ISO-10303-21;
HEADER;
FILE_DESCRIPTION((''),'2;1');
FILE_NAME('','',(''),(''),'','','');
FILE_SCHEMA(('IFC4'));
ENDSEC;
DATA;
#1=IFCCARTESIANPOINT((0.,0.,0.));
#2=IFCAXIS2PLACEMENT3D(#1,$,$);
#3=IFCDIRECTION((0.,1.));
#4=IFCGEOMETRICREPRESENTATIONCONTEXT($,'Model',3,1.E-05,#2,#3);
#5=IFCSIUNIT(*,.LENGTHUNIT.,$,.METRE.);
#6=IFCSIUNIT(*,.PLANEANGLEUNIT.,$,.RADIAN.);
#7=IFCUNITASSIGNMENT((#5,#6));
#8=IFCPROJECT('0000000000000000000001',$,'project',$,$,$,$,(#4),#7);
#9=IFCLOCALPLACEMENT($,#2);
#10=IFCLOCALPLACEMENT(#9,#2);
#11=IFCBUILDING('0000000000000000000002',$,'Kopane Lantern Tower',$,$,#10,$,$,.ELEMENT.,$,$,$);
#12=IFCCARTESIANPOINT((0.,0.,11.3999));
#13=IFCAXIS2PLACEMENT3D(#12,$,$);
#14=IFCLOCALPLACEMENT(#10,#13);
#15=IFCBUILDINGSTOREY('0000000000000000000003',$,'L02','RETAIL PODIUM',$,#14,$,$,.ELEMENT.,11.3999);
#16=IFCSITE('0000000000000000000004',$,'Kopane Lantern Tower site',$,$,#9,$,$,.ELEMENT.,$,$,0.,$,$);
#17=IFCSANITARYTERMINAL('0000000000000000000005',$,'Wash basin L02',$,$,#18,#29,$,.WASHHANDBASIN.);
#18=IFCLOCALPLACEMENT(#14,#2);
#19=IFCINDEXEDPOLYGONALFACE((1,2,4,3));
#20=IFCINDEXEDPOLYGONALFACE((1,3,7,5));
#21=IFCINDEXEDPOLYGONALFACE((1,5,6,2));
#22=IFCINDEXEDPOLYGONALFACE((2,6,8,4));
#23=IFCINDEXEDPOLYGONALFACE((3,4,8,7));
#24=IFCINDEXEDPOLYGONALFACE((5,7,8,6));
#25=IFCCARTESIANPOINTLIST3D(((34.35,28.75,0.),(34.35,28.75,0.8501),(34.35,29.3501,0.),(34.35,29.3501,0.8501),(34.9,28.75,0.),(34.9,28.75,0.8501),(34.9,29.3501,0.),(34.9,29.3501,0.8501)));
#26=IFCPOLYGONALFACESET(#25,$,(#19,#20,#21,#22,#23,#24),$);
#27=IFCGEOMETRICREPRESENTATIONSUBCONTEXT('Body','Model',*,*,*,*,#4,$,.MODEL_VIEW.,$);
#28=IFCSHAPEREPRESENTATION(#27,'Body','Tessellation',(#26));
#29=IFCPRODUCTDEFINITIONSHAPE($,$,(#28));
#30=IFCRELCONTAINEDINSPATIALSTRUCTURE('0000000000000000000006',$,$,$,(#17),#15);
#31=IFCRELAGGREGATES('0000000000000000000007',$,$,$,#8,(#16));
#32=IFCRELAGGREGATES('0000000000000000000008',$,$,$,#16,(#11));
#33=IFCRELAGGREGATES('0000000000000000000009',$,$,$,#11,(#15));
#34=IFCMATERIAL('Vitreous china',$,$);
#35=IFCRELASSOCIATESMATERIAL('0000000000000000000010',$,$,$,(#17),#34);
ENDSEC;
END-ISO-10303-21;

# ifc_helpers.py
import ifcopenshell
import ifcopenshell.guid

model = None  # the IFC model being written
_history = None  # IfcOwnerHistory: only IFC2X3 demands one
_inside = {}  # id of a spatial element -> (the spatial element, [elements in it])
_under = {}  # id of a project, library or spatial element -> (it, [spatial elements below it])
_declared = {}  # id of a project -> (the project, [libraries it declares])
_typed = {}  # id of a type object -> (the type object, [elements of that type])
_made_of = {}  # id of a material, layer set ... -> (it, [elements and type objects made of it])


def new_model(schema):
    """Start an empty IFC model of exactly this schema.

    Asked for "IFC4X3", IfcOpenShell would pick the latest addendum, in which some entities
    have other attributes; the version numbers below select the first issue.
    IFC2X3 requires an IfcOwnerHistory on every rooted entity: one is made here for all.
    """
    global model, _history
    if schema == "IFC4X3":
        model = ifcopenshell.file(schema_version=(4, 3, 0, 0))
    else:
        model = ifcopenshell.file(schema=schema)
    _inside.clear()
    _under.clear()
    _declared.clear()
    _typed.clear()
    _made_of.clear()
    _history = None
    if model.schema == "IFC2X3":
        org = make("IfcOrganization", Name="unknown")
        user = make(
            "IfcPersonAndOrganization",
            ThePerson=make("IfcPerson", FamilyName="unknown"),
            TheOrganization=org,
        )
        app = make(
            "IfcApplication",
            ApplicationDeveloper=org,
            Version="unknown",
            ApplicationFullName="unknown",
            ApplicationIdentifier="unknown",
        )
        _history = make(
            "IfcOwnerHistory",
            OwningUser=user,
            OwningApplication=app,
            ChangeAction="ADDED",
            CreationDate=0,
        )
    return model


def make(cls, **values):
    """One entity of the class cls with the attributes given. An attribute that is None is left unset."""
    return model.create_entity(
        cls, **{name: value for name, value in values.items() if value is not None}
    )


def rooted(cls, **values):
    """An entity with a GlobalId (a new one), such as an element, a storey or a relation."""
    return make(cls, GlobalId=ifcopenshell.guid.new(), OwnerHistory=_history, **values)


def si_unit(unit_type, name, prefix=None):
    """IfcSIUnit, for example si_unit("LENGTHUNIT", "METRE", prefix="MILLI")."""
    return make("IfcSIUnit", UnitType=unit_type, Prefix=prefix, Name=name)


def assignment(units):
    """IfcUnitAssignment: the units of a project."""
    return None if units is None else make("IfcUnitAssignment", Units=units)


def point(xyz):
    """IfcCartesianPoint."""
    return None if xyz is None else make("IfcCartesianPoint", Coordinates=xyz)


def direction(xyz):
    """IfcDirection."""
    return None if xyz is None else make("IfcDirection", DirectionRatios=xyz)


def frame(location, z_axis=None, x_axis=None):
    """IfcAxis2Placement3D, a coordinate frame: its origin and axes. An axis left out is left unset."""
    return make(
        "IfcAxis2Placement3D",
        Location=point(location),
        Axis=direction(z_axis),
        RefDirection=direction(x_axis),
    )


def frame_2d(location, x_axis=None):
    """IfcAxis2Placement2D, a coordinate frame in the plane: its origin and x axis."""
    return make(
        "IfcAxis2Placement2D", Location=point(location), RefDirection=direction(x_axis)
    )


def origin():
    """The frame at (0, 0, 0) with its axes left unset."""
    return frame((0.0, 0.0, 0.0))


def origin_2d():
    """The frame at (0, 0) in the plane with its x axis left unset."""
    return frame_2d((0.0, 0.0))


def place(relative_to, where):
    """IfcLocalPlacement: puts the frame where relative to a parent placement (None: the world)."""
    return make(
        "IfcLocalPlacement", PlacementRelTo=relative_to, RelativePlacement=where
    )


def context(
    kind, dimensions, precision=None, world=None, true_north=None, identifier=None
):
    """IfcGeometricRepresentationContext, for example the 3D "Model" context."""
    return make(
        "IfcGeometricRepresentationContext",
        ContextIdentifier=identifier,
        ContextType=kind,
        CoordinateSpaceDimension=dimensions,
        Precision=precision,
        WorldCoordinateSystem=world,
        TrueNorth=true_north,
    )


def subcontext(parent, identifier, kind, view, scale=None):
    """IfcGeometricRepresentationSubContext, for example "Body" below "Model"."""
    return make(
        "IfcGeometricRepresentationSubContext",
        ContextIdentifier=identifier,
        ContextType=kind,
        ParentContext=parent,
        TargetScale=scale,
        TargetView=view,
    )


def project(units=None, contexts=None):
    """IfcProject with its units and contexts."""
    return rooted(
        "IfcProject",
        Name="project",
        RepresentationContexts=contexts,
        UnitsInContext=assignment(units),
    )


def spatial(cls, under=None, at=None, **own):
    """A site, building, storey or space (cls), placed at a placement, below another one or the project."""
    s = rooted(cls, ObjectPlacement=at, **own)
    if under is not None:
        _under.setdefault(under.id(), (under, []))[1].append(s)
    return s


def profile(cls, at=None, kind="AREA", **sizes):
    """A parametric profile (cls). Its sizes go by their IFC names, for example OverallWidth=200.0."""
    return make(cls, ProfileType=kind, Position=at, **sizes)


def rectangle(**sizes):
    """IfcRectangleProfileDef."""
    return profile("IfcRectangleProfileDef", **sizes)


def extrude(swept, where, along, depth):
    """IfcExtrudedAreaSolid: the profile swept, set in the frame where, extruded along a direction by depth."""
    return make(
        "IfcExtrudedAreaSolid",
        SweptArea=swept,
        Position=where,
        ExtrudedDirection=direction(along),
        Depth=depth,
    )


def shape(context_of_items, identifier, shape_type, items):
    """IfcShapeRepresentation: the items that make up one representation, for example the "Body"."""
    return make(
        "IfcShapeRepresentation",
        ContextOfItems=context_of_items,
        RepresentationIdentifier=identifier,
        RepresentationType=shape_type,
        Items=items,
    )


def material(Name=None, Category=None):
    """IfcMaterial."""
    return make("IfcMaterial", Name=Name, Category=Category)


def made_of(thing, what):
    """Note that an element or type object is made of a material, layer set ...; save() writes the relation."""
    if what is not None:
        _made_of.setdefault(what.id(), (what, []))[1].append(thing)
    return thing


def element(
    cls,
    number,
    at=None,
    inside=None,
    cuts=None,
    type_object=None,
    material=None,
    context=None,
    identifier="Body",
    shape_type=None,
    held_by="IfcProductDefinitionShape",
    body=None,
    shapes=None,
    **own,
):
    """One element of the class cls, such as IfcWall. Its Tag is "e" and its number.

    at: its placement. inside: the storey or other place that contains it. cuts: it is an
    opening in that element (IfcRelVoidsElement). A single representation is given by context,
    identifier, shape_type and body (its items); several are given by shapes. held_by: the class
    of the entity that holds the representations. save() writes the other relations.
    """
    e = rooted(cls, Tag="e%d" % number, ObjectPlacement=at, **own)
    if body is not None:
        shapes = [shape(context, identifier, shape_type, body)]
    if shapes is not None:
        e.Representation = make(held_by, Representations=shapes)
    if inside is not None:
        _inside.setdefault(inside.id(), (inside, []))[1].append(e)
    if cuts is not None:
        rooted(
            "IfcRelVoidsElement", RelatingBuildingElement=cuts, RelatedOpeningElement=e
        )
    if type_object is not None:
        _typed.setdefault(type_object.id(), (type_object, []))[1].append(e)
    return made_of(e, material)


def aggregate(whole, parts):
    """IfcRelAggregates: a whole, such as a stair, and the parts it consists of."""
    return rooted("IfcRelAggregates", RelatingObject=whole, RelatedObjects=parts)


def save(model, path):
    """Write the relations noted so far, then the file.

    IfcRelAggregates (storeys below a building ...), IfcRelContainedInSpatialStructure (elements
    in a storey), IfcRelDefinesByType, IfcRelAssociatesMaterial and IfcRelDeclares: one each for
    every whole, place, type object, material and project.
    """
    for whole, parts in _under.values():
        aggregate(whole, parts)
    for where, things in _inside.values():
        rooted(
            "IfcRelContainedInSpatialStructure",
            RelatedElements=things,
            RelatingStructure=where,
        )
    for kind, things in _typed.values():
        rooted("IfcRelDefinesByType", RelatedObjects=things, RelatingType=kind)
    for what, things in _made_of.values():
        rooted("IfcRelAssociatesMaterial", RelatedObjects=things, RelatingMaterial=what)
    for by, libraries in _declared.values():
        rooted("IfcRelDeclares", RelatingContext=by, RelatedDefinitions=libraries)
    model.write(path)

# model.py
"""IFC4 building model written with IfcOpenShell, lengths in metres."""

from ifc_helpers import new_model, si_unit, direction, frame, origin, origin_2d, place, context, subcontext, project, spatial, rectangle, extrude, material, element, save


model = new_model("IFC4")

# Units and contexts
model_context = context("Model", 3, precision=1e-05, world=origin(), true_north=direction((0.0, 1.0)))
body_context = subcontext(model_context, "Body", "Model", "MODEL_VIEW")
ifc_project = project(units=[si_unit("LENGTHUNIT", "METRE"), si_unit("PLANEANGLEUNIT", "RADIAN")], contexts=[model_context])

# Site, building, storey
site_placement = place(None, origin())
site = spatial("IfcSite", under=ifc_project, at=site_placement, Name="Kopane Lantern Tower site", CompositionType="ELEMENT", RefElevation=0.0)
building_placement = place(site_placement, origin())
building = spatial("IfcBuilding", under=site, at=building_placement, Name="Kopane Lantern Tower", CompositionType="ELEMENT")
storey_placement = place(building_placement, frame((0.0, 0.0, 11.3999)))
storey = spatial("IfcBuildingStorey", under=building, at=storey_placement, Name="L02", Description="RETAIL PODIUM", CompositionType="ELEMENT", Elevation=11.3999)

# Sanitary terminal
ifc_material_1 = material(Name="Vitreous china")
sanitary_terminal_1_placement = place(storey_placement, frame((34.625, 29.05, 0.0), z_axis=(0.0, 0.0, 1.0), x_axis=(1.0, 0.0, 0.0)))
element("IfcSanitaryTerminal", 1, at=sanitary_terminal_1_placement, inside=storey, material=ifc_material_1, Name="Wash basin L02", PredefinedType="WASHHANDBASIN", context=body_context, shape_type="SweptSolid", body=[
    extrude(rectangle(XDim=0.55, YDim=0.6001, at=origin_2d()), origin(), (0.0, 0.0, 1.0), 0.8501),
])

save(model, "model.ifc")
